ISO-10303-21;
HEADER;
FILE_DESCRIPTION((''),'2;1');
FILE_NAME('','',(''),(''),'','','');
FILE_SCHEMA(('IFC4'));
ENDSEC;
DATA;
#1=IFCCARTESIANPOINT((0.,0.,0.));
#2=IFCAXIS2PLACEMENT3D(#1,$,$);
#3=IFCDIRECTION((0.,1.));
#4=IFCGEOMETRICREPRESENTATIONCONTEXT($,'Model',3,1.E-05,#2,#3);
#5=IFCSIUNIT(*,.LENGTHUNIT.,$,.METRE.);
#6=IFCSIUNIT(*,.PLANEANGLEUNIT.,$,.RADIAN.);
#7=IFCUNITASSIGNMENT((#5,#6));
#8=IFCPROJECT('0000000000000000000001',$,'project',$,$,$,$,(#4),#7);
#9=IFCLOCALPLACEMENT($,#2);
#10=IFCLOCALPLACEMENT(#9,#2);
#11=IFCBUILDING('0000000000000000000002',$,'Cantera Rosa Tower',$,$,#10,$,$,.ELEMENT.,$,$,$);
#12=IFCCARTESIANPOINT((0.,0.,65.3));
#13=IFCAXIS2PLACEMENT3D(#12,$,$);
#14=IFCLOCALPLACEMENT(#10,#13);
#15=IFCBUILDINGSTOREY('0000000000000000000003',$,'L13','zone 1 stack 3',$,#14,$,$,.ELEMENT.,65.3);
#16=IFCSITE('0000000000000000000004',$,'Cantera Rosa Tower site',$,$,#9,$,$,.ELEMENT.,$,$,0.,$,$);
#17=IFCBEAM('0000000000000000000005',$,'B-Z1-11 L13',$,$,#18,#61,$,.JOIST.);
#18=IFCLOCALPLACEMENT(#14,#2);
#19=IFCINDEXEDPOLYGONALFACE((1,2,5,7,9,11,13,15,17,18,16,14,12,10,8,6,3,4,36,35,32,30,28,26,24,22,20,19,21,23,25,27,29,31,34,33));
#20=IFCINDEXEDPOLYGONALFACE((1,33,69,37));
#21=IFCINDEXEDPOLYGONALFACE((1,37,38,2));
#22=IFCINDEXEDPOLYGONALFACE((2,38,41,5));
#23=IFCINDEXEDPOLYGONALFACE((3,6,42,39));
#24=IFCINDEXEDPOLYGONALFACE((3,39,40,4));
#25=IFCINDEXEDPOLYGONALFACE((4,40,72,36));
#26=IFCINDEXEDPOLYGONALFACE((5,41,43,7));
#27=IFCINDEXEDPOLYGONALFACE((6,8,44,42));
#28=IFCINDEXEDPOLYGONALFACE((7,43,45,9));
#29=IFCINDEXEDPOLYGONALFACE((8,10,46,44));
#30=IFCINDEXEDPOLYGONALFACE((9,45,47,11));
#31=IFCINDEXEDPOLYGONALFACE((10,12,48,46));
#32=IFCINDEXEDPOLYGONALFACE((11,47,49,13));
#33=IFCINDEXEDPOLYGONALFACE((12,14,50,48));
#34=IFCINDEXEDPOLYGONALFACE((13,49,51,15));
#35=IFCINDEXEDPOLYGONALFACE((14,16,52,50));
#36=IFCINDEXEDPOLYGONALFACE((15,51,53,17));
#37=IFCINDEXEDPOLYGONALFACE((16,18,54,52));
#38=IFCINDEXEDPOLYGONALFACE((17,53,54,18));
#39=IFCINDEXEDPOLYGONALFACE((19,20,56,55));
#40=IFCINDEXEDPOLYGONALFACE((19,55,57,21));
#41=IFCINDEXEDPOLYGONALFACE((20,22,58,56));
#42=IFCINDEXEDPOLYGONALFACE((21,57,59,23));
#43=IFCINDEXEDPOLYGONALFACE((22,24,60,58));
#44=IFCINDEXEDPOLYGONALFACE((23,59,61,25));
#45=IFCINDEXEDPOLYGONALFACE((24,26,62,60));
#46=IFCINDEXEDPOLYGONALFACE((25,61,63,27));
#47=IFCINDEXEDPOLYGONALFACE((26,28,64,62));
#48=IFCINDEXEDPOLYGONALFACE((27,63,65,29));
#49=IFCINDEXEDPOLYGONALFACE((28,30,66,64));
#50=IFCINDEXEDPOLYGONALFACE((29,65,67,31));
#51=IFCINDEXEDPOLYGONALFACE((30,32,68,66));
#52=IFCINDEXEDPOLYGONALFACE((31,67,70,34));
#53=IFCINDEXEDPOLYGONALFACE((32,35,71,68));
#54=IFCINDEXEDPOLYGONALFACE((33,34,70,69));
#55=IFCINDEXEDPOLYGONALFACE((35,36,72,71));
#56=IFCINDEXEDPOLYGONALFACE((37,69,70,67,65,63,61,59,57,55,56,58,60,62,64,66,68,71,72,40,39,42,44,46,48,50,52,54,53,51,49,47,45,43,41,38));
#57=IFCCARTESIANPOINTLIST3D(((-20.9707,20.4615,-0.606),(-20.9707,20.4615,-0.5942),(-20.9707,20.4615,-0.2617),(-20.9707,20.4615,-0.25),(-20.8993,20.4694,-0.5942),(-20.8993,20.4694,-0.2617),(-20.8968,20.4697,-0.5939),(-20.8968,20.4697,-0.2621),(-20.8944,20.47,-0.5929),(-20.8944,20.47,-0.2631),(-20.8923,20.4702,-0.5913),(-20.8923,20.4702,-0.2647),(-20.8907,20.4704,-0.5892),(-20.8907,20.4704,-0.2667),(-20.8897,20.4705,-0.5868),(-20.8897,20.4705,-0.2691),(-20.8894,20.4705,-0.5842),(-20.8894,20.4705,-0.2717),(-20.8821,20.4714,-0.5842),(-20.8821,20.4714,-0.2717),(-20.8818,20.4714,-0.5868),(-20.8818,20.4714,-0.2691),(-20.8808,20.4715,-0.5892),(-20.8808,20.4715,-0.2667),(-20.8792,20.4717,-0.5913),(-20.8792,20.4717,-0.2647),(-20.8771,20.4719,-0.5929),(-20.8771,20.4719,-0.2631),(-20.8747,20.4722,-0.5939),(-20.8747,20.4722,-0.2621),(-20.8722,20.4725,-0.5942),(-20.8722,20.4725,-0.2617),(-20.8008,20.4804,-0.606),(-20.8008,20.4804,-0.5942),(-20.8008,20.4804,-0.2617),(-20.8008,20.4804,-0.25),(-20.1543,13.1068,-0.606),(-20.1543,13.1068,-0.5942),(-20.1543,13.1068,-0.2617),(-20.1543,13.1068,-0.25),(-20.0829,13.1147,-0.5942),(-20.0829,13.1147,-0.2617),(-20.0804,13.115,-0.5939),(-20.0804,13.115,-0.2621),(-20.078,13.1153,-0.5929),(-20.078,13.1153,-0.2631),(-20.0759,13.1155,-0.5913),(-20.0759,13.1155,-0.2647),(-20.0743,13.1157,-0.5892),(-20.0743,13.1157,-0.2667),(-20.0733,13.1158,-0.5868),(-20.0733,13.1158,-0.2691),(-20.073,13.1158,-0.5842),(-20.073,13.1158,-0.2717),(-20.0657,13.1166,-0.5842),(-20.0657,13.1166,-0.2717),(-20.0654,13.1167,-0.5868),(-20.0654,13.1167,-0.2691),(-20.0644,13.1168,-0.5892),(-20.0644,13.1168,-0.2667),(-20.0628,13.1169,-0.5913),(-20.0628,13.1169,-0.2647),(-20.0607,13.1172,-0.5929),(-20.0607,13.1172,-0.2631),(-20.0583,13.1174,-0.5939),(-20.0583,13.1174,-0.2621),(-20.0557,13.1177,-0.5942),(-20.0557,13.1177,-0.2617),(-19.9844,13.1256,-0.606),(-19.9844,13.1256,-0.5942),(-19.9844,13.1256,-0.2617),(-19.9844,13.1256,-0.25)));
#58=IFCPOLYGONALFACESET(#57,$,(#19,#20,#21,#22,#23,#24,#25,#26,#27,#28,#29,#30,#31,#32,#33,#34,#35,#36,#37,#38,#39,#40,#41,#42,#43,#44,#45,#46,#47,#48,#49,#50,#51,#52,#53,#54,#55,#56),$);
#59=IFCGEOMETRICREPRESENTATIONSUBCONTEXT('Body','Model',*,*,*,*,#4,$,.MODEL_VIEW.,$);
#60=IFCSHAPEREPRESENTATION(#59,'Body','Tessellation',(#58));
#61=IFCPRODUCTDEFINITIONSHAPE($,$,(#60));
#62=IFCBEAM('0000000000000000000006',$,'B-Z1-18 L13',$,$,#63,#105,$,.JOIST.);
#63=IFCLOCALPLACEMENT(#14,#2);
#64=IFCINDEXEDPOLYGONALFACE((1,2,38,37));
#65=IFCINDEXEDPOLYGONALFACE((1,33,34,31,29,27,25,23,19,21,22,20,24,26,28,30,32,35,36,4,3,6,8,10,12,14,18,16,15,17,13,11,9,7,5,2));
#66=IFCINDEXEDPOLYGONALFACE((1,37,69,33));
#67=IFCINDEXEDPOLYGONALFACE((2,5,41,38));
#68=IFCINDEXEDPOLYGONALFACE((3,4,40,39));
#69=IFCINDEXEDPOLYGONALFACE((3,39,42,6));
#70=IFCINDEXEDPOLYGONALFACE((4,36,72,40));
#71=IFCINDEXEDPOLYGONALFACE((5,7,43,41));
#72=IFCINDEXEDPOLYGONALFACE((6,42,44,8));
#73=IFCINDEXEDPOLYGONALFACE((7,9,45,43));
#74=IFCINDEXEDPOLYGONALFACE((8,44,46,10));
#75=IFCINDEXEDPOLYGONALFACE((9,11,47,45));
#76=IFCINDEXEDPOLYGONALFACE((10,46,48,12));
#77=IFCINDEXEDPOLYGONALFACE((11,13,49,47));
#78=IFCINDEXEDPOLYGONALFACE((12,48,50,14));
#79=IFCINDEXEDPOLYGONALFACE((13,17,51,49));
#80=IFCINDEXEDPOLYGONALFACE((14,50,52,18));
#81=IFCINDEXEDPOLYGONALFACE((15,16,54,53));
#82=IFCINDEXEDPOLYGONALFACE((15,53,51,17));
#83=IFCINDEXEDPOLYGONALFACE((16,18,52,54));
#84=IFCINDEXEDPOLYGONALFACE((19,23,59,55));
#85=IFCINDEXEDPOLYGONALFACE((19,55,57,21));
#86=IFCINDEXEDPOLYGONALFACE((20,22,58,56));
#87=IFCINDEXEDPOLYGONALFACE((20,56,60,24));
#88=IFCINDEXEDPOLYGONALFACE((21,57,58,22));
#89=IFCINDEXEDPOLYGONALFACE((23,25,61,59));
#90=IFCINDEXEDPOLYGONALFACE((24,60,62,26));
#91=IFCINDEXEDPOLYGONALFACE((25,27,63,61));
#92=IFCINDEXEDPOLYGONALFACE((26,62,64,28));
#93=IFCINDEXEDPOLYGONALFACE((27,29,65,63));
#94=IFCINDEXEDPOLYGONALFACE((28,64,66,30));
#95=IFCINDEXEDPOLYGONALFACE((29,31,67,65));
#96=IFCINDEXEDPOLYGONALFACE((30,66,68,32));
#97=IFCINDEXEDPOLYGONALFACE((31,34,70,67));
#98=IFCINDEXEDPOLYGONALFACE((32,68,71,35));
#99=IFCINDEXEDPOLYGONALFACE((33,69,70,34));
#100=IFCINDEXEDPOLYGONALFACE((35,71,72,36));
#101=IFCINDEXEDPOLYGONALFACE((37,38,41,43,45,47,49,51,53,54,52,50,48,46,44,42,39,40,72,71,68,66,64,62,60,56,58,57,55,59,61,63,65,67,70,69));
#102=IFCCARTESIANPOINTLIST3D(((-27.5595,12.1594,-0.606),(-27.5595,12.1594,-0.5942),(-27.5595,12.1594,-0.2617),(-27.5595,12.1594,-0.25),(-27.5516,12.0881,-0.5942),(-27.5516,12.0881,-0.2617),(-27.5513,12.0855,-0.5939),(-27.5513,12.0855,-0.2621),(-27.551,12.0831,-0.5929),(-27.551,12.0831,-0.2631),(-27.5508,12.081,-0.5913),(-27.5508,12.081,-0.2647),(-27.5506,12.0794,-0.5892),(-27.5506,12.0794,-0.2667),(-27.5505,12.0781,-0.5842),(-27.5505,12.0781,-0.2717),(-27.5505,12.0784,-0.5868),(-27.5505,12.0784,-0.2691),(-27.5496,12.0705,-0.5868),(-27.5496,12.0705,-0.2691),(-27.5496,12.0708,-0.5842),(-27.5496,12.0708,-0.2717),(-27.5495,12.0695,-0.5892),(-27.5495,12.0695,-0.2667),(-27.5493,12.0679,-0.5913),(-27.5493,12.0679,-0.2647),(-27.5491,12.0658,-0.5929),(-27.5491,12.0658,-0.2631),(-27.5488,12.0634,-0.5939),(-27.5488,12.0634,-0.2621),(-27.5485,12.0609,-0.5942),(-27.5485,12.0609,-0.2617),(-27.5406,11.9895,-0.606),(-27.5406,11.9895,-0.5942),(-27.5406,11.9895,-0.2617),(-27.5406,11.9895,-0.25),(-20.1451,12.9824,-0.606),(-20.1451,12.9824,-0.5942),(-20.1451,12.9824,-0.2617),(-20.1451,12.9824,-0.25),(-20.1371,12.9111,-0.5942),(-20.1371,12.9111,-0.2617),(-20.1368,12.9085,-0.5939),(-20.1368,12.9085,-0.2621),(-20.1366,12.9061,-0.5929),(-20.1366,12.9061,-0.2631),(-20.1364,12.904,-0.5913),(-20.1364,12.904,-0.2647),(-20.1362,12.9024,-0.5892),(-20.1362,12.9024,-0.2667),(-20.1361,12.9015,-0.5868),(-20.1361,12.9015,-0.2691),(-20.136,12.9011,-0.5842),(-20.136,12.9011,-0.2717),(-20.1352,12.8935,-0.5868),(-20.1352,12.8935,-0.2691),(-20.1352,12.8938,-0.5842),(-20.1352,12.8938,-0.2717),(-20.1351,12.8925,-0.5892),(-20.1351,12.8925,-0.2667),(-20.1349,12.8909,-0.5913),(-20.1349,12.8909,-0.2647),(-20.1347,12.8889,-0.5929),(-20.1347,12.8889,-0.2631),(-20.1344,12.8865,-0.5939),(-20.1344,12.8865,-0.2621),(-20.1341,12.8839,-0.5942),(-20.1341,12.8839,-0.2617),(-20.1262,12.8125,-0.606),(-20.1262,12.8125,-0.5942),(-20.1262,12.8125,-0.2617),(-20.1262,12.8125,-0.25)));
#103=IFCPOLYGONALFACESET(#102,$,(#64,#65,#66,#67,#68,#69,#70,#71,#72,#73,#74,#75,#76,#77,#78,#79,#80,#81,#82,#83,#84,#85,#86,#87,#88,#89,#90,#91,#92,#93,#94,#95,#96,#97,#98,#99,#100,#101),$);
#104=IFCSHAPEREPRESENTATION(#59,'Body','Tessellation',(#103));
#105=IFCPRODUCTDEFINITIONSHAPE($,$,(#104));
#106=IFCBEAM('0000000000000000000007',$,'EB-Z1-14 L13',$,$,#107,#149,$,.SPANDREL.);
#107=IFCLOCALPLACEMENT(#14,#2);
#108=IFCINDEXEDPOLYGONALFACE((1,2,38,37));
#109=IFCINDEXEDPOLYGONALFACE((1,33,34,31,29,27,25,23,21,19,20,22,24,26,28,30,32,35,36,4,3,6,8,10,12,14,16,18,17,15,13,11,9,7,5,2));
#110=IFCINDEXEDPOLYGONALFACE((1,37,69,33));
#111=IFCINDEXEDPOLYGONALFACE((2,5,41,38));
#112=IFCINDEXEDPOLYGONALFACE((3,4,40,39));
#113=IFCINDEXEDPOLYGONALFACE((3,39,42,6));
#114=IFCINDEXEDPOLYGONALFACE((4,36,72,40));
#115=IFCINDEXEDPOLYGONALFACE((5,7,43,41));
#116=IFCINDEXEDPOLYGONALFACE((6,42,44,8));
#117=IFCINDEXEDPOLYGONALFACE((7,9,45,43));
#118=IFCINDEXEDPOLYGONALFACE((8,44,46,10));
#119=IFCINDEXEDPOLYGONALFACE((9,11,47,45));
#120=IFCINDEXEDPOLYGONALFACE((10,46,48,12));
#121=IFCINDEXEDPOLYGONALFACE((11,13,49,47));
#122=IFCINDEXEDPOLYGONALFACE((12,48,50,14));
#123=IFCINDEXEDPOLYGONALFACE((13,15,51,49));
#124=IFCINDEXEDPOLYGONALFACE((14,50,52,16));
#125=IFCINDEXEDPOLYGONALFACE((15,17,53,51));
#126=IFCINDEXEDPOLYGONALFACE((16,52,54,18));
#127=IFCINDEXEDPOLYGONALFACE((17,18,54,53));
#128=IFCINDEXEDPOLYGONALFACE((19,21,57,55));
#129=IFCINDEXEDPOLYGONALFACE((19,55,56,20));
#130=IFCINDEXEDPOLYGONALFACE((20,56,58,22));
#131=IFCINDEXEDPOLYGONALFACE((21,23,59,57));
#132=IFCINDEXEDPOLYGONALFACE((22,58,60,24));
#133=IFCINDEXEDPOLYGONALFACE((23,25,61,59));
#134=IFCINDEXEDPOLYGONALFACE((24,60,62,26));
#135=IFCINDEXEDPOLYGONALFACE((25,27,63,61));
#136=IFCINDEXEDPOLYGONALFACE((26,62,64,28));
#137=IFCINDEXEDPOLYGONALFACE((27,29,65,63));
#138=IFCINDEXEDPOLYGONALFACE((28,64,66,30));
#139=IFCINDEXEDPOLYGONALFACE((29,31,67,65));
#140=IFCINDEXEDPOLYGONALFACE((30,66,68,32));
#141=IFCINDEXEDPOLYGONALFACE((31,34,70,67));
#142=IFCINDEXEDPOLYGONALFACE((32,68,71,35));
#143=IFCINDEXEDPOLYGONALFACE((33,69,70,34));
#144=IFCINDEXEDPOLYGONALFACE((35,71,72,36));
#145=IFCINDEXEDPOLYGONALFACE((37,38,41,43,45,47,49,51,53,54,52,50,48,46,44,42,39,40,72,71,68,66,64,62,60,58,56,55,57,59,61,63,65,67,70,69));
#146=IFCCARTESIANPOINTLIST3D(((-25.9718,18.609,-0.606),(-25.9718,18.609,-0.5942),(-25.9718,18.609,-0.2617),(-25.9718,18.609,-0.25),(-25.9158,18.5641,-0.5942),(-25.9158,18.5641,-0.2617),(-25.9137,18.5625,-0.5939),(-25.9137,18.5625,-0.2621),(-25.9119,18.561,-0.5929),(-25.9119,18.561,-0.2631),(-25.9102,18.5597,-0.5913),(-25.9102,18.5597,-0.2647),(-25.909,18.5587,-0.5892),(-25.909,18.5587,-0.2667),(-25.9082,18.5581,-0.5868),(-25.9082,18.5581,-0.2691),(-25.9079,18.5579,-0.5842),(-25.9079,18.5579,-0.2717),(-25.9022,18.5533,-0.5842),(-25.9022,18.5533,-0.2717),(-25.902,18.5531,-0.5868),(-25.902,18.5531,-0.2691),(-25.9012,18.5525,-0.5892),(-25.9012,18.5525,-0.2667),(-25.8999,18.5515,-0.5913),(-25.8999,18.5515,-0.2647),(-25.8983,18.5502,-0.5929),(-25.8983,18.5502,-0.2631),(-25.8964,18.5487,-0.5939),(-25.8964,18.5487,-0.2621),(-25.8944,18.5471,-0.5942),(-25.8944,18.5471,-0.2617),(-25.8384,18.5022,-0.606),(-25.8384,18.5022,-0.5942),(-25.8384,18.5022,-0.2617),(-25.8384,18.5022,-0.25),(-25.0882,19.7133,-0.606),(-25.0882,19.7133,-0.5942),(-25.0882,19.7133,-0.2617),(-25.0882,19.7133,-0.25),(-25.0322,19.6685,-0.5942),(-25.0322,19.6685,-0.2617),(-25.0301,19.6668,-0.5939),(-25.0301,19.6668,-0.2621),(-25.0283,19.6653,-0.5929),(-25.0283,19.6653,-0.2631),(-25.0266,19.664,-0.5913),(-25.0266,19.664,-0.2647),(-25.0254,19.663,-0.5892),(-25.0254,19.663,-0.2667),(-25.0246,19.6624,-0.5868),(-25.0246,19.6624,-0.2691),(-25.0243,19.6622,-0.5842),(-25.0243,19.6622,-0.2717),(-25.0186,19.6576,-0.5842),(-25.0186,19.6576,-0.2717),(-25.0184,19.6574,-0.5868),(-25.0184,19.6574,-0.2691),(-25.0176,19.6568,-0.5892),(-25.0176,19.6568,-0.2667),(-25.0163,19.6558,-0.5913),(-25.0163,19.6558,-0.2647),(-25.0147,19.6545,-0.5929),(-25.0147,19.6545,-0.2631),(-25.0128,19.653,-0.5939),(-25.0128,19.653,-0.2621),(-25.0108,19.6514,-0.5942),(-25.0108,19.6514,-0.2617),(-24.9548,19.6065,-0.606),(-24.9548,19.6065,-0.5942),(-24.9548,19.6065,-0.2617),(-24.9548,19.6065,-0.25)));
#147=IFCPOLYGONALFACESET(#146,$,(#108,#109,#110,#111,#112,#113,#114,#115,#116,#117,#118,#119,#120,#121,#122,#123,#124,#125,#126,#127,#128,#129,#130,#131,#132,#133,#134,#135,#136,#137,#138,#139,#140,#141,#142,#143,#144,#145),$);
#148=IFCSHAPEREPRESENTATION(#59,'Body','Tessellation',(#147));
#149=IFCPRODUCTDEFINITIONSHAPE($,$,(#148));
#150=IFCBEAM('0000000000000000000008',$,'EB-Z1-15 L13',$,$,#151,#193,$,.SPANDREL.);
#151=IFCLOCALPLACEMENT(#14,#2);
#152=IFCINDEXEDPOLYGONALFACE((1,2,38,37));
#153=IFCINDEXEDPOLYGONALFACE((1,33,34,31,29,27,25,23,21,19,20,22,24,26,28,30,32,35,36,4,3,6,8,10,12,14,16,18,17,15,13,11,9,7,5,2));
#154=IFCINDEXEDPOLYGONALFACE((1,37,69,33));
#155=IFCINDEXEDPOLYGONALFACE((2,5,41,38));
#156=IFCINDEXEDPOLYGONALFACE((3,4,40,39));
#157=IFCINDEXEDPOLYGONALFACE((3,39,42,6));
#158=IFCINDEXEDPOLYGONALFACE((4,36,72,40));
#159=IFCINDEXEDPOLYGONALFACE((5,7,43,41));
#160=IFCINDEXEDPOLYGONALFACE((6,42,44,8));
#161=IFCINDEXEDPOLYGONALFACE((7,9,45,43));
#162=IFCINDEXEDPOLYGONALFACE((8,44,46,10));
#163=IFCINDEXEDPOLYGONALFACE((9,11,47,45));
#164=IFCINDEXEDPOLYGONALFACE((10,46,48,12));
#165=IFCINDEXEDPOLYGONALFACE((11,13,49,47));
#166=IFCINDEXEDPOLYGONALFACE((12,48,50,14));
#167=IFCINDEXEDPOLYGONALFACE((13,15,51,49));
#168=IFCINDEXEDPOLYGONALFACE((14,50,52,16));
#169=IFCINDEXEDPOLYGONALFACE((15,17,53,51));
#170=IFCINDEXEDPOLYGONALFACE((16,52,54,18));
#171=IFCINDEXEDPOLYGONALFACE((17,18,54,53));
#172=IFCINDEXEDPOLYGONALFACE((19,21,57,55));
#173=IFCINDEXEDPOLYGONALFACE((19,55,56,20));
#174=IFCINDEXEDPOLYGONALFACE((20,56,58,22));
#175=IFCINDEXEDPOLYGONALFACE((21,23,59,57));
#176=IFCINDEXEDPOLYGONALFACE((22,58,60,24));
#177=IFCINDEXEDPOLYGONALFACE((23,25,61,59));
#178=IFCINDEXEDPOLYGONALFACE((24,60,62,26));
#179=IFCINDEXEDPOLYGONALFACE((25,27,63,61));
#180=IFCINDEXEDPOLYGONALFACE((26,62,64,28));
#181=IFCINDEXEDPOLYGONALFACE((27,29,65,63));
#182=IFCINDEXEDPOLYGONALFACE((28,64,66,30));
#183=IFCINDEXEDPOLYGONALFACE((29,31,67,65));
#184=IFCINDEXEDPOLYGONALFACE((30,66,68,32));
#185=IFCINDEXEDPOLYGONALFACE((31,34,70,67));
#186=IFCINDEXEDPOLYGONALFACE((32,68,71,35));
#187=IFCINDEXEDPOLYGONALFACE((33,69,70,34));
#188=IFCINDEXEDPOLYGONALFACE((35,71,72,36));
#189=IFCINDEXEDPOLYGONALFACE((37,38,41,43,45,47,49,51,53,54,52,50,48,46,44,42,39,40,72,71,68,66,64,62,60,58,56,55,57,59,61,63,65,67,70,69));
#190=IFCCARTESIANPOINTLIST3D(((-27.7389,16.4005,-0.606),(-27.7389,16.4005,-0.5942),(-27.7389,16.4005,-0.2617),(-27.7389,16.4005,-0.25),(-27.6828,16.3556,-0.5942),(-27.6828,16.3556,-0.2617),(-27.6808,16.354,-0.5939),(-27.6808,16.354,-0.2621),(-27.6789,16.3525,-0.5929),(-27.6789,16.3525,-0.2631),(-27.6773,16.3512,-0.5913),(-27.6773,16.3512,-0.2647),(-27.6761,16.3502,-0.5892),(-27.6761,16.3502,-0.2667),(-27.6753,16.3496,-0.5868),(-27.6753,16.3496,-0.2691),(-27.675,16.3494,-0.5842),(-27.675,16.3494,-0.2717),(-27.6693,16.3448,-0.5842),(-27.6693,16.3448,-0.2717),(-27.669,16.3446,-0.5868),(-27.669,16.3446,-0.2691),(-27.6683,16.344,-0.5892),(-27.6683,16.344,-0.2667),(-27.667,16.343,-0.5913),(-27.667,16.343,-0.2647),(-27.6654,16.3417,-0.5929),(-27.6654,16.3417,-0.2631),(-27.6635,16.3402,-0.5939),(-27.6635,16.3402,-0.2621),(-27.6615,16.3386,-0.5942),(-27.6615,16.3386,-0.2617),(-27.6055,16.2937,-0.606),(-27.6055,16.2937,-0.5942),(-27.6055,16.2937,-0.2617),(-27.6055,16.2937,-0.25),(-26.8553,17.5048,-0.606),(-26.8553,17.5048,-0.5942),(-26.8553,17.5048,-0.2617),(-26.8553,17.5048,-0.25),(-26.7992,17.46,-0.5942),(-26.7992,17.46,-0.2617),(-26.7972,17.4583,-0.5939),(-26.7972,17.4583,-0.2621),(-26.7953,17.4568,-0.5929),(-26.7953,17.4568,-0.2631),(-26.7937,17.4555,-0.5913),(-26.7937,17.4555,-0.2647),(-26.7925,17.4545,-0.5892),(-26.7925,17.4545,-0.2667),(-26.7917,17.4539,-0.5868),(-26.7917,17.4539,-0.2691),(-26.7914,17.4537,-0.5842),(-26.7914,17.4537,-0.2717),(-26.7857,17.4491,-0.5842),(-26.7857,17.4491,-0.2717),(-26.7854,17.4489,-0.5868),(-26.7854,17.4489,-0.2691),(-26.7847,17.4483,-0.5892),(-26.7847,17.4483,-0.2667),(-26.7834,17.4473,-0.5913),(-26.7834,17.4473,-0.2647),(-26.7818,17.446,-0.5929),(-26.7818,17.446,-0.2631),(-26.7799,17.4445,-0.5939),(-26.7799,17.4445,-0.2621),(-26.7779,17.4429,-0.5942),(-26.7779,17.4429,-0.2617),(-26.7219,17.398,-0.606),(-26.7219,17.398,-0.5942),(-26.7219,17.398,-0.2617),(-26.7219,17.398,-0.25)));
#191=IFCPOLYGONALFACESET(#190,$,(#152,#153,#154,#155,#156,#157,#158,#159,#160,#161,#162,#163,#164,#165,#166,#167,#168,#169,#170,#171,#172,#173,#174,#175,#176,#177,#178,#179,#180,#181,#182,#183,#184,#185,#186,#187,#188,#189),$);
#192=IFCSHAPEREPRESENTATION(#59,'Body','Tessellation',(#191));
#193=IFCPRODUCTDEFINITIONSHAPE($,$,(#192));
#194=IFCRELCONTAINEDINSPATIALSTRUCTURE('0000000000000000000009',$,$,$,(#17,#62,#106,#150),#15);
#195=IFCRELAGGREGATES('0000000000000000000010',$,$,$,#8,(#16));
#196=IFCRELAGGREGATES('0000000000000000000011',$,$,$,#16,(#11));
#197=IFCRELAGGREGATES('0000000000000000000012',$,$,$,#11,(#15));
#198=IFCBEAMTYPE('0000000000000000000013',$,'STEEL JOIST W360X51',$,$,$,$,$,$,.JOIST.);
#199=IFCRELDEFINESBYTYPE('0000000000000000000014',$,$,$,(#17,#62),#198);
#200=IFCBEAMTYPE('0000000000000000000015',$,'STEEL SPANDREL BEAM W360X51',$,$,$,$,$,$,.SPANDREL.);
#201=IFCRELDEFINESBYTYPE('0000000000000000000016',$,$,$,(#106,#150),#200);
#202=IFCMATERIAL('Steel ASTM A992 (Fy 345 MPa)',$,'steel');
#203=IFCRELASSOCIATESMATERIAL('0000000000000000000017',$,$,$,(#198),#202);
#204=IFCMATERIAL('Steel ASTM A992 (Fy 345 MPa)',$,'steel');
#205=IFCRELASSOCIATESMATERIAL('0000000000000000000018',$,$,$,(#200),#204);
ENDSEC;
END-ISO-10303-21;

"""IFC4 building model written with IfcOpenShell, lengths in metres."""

from ifc_helpers import new_model, si_unit, direction, frame, origin, origin_2d, place, context, subcontext, project, spatial, i_section, extrude, material, material_profile, profile_set, type_object, element, save


model = new_model("IFC4")

# Units and contexts
model_context = context("Model", 3, precision=1e-05, world=origin(), true_north=direction((0.0, 1.0)))
body_context = subcontext(model_context, "Body", "Model", "MODEL_VIEW")
ifc_project = project(units=[si_unit("LENGTHUNIT", "METRE"), si_unit("PLANEANGLEUNIT", "RADIAN")], contexts=[model_context])

# Site, building, storey
site_placement = place(None, origin())
site = spatial("IfcSite", under=ifc_project, at=site_placement, Name="Cantera Rosa Tower site", CompositionType="ELEMENT", RefElevation=0.0)
building_placement = place(site_placement, origin())
building = spatial("IfcBuilding", under=site, at=building_placement, Name="Cantera Rosa Tower", CompositionType="ELEMENT")
storey_placement = place(building_placement, frame((0.0, 0.0, 65.3)))
storey = spatial("IfcBuildingStorey", under=building, at=storey_placement, Name="L13", Description="zone 1 stack 3", CompositionType="ELEMENT", Elevation=65.3)

# Beams
ifc_material_1 = material(Name="Steel ASTM A992 (Fy 345 MPa)", Category="steel")
ifc_material_profile_1 = material_profile(ifc_material_1, i_section(OverallWidth=0.1709, OverallDepth=0.356, WebThickness=0.0073, FlangeThickness=0.0117, FilletRadius=0.01, at=origin_2d()), Name="W360X51")
ifc_profile_set_1 = profile_set([ifc_material_profile_1], Name="Steel ASTM A992 (Fy 345 MPa)")
beam_type_1 = type_object("IfcBeamType", Name="STEEL JOIST W360X51", PredefinedType="JOIST", material=ifc_profile_set_1)
beam_1_placement = place(storey_placement, frame((-20.8857, 20.4709, -0.428), z_axis=(0.110327, -0.993895, 0.0), x_axis=(0.993895, 0.110327, 0.0)))
element("IfcBeam", 1, at=beam_1_placement, inside=storey, type_object=beam_type_1, Name="B-Z1-11 L13", PredefinedType="JOIST", context=body_context, shape_type="SweptSolid", body=[
    extrude(i_section(OverallWidth=0.1709, OverallDepth=0.356, WebThickness=0.0073, FlangeThickness=0.0117, FilletRadius=0.01, at=origin_2d()), origin(), (0.0, 0.0, 1.0), 7.3999),
])
beam_2_placement = place(storey_placement, frame((-27.55, 12.0745, -0.428), z_axis=(0.993896, 0.110324, 0.0), x_axis=(-0.110324, 0.993896, 0.0)))
element("IfcBeam", 2, at=beam_2_placement, inside=storey, type_object=beam_type_1, Name="B-Z1-18 L13", PredefinedType="JOIST", context=body_context, shape_type="SweptSolid", body=[
    extrude(i_section(OverallWidth=0.1709, OverallDepth=0.356, WebThickness=0.0073, FlangeThickness=0.0117, FilletRadius=0.01, at=origin_2d()), origin(), (0.0, 0.0, 1.0), 7.46),
])
ifc_material_2 = material(Name="Steel ASTM A992 (Fy 345 MPa)", Category="steel")
ifc_material_profile_2 = material_profile(ifc_material_2, i_section(OverallWidth=0.1709, OverallDepth=0.356, WebThickness=0.0073, FlangeThickness=0.0117, FilletRadius=0.01, at=origin_2d()), Name="W360X51")
ifc_profile_set_2 = profile_set([ifc_material_profile_2], Name="Steel ASTM A992 (Fy 345 MPa)")
beam_type_2 = type_object("IfcBeamType", Name="STEEL SPANDREL BEAM W360X51", PredefinedType="SPANDREL", material=ifc_profile_set_2)
for number, where, z_axis, x_axis, name in (
    (3, (-25.0215, 19.6599, -0.428), (-0.624758, -0.780818, 0.0), (0.780818, -0.624758, 0.0), "EB-Z1-14 L13"),
    (4, (-26.7886, 17.4514, -0.428), (-0.624758, -0.780818, 0.0), (0.780818, -0.624758, 0.0), "EB-Z1-15 L13"),
):
    element("IfcBeam", number, at=place(storey_placement, frame(where, z_axis=z_axis, x_axis=x_axis)), inside=storey, type_object=beam_type_2, Name=name, PredefinedType="SPANDREL", context=body_context, shape_type="SweptSolid", body=[
        extrude(i_section(OverallWidth=0.1709, OverallDepth=0.356, WebThickness=0.0073, FlangeThickness=0.0117, FilletRadius=0.01, at=origin_2d()), origin(), (0.0, 0.0, 1.0), 1.4143),
    ])

save(model, "model.ifc")
